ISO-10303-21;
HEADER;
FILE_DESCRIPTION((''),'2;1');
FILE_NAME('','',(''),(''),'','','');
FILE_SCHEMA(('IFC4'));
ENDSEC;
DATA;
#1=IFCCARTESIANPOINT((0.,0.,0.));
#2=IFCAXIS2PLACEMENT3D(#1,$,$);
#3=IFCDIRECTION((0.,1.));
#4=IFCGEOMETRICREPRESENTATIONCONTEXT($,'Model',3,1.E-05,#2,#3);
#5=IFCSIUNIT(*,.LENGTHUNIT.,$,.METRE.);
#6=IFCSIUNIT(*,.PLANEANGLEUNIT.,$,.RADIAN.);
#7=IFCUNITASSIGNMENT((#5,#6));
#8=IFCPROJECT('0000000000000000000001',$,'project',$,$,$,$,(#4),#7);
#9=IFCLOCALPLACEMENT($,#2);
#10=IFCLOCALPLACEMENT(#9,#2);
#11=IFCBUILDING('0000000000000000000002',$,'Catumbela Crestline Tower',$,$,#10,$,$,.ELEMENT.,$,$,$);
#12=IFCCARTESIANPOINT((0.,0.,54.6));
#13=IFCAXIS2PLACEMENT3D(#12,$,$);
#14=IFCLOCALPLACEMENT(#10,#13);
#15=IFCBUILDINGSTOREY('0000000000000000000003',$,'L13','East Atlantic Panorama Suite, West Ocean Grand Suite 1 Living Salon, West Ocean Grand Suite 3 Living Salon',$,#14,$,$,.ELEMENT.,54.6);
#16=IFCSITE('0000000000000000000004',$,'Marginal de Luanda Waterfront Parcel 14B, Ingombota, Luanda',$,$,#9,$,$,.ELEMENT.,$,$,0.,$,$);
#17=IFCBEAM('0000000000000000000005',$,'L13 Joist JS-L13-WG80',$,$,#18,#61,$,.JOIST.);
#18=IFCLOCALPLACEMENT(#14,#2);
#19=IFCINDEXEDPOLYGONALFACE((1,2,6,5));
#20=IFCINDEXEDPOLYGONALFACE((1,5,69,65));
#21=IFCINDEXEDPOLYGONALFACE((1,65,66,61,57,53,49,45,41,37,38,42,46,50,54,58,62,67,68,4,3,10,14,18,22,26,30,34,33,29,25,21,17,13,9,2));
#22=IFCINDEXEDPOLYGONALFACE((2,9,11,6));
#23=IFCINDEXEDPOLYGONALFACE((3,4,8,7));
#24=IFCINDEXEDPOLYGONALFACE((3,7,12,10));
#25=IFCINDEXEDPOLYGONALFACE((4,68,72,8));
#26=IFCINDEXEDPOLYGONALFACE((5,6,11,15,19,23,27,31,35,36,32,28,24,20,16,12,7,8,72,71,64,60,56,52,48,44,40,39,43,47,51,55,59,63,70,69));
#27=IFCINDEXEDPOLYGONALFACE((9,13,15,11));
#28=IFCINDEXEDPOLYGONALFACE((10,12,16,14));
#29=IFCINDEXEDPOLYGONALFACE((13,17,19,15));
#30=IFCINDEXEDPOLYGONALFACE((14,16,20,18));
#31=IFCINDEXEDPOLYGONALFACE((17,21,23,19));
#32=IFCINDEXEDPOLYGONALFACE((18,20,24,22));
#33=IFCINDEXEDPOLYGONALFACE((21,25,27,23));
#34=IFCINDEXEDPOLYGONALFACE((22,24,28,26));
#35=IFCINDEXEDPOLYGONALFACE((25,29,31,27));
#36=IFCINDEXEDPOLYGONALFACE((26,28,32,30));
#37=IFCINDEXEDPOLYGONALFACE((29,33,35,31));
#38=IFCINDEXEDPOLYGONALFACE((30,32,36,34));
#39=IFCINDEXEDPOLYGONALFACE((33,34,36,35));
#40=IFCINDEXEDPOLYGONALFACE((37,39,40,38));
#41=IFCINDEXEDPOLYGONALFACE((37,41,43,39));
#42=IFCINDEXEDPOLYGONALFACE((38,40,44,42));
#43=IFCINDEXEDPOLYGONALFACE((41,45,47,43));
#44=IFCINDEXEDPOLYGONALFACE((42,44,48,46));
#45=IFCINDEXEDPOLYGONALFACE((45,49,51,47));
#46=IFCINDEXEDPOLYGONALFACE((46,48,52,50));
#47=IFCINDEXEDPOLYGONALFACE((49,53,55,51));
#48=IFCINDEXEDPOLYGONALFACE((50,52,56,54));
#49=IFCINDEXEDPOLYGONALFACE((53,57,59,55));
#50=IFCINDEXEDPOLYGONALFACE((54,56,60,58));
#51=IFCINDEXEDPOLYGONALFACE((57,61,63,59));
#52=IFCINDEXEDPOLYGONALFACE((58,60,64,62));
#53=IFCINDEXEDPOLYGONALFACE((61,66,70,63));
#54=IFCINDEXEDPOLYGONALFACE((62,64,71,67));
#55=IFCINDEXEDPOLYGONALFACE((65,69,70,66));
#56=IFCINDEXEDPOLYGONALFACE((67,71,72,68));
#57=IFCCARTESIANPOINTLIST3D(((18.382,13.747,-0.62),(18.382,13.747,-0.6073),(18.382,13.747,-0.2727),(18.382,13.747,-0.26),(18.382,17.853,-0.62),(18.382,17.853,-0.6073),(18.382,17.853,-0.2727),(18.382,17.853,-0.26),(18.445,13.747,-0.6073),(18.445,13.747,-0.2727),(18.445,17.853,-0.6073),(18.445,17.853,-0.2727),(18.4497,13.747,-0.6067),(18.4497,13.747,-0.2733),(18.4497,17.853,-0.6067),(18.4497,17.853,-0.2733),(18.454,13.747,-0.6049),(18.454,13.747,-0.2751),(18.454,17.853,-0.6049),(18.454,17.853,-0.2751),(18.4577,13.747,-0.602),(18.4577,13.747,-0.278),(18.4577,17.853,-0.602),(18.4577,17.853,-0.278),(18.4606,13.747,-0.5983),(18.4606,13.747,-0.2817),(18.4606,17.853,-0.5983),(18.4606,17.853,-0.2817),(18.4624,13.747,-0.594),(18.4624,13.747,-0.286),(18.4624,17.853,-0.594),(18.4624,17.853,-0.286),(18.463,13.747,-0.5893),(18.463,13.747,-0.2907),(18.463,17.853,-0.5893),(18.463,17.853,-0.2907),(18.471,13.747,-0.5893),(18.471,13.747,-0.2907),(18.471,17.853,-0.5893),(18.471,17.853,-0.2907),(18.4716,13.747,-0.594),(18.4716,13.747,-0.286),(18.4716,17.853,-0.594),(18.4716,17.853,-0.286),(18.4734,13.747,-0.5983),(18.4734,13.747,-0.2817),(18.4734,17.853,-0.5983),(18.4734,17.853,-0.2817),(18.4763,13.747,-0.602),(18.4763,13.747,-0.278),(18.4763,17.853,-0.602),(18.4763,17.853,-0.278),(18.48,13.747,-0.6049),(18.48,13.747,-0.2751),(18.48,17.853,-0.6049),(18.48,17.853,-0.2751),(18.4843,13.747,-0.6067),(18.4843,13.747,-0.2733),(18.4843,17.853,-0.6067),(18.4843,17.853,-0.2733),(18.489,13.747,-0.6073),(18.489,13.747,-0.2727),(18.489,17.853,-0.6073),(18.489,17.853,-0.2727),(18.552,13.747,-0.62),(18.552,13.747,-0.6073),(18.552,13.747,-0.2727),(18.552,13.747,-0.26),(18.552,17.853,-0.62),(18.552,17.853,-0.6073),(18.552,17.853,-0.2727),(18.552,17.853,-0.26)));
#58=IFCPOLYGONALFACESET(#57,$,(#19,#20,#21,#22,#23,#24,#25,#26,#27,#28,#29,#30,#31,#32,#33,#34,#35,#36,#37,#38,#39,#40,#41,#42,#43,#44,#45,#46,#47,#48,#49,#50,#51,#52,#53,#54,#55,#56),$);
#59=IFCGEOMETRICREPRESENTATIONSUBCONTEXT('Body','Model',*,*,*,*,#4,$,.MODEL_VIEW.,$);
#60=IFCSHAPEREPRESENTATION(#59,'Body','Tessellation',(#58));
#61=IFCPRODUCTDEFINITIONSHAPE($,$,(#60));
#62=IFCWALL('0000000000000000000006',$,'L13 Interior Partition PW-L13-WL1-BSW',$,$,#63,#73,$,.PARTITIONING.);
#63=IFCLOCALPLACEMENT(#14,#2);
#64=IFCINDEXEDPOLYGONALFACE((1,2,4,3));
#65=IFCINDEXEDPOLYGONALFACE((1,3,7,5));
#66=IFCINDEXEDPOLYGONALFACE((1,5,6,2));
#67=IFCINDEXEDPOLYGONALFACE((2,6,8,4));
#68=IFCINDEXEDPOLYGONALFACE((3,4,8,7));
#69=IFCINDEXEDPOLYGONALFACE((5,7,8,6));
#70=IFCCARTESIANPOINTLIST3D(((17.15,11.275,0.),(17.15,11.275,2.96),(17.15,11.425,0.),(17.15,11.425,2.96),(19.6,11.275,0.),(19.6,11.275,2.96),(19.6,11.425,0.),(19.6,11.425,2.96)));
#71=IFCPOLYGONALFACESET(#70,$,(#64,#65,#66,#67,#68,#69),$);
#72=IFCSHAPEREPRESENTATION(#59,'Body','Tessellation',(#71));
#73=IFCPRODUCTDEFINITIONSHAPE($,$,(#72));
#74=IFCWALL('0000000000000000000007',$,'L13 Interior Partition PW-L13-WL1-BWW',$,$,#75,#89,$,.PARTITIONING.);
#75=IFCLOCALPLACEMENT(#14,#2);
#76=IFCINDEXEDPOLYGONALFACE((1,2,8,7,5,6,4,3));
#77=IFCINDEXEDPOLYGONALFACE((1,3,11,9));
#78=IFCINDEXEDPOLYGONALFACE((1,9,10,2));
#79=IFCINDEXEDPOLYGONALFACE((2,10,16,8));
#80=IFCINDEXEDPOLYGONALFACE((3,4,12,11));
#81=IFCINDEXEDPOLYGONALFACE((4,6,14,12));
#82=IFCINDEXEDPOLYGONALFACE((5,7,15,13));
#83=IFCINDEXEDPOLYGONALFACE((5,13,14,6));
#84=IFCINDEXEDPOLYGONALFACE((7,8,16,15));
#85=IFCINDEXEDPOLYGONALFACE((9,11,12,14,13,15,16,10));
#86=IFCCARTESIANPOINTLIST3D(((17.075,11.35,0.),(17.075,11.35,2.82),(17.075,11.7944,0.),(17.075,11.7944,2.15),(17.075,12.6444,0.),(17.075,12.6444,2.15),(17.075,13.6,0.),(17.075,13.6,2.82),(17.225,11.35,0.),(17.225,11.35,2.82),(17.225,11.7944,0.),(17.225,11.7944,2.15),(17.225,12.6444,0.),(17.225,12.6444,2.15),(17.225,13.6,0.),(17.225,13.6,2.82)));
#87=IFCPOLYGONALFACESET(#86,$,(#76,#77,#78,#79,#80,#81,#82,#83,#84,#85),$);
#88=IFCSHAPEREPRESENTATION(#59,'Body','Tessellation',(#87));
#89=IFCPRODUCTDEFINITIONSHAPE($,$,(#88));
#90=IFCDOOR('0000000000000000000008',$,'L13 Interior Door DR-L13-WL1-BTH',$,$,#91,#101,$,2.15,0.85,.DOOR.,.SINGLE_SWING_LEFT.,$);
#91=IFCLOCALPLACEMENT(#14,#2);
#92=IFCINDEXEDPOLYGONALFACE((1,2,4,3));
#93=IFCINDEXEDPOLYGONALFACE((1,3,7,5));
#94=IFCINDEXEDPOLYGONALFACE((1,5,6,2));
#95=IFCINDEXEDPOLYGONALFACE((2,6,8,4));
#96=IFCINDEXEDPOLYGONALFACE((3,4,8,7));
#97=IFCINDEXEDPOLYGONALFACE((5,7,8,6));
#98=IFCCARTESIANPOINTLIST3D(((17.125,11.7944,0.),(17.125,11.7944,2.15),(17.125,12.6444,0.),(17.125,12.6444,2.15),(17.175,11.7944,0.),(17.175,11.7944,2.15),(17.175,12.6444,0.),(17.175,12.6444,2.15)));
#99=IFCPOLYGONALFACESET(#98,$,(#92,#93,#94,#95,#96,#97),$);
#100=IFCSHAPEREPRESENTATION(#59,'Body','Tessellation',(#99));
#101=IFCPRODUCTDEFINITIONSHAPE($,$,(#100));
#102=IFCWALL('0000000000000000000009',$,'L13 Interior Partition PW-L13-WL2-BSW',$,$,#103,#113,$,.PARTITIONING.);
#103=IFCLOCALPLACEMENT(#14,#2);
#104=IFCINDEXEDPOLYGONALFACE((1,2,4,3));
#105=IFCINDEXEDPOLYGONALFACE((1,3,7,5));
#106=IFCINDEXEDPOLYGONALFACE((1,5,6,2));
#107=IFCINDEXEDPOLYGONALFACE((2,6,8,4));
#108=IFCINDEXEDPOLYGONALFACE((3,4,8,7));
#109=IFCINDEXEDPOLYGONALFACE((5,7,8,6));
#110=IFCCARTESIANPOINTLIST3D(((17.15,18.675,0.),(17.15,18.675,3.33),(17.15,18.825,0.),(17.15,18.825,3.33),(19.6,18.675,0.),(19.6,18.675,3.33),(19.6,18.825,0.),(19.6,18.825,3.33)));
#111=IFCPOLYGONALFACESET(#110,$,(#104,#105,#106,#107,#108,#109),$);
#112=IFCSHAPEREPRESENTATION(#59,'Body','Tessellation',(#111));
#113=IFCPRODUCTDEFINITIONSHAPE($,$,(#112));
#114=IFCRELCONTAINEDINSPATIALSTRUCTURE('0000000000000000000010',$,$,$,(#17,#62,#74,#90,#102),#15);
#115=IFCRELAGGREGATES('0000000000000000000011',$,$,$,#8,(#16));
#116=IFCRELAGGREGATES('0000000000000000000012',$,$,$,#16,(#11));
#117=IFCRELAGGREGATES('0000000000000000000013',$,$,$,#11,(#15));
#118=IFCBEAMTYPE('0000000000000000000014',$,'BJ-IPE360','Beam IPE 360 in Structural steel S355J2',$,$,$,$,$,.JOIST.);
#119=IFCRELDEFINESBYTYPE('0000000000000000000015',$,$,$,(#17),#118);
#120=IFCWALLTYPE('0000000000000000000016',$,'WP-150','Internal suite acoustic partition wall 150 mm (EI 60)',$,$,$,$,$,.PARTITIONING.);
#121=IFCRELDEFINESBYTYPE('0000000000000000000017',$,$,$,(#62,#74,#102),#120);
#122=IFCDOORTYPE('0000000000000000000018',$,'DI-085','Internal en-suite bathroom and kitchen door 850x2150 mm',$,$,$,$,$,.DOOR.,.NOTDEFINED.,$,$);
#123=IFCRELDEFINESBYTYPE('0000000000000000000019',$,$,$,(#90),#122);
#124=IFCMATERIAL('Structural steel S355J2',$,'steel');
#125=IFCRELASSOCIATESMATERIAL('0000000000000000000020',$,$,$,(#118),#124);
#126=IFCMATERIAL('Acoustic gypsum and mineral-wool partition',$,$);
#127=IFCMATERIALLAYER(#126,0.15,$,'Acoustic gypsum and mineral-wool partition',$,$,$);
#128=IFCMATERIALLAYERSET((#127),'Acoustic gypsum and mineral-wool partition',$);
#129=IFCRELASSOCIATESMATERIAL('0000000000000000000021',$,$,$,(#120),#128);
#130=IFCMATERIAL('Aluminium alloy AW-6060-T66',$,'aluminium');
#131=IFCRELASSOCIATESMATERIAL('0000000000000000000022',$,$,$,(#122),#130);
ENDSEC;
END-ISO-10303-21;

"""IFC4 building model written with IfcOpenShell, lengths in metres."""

from ifc_helpers import new_model, si_unit, direction, frame, frame_2d, origin, origin_2d, place, context, subcontext, project, spatial, rectangle, i_section, extrude, material, layer, layer_set, material_profile, profile_set, type_object, element, fill, save


model = new_model("IFC4")

# Units and contexts
model_context = context("Model", 3, precision=1e-05, world=origin(), true_north=direction((0.0, 1.0)))
body_context = subcontext(model_context, "Body", "Model", "MODEL_VIEW")
ifc_project = project(units=[si_unit("LENGTHUNIT", "METRE"), si_unit("PLANEANGLEUNIT", "RADIAN")], contexts=[model_context])

# Site, building, storey
site_placement = place(None, origin())
site = spatial("IfcSite", under=ifc_project, at=site_placement, Name="Marginal de Luanda Waterfront Parcel 14B, Ingombota, Luanda", CompositionType="ELEMENT", RefElevation=0.0)
building_placement = place(site_placement, origin())
building = spatial("IfcBuilding", under=site, at=building_placement, Name="Catumbela Crestline Tower", CompositionType="ELEMENT")
storey_placement = place(building_placement, frame((0.0, 0.0, 54.6)))
storey = spatial("IfcBuildingStorey", under=building, at=storey_placement, Name="L13", Description="East Atlantic Panorama Suite, West Ocean Grand Suite 1 Living Salon, West Ocean Grand Suite 3 Living Salon", CompositionType="ELEMENT", Elevation=54.6)

# Beam
ifc_material_1 = material(Name="Structural steel S355J2", Category="steel")
ifc_material_profile_1 = material_profile(ifc_material_1, i_section(OverallWidth=0.17, OverallDepth=0.36, WebThickness=0.008, FlangeThickness=0.0127, FilletRadius=0.018, at=origin_2d()), Name="IPE 360")
ifc_profile_set_1 = profile_set([ifc_material_profile_1], Name="Structural steel S355J2")
beam_type_1 = type_object("IfcBeamType", Name="BJ-IPE360", Description="Beam IPE 360 in Structural steel S355J2", PredefinedType="JOIST", material=ifc_profile_set_1)
for number, where, z_axis, x_axis, name in (
    (1, (18.467, 13.747, -0.44), (0.0, 1.0, 0.0), (-1.0, 0.0, 0.0), "L13 Joist JS-L13-WG80"),
):
    element("IfcBeam", number, at=place(storey_placement, frame(where, z_axis=z_axis, x_axis=x_axis)), inside=storey, type_object=beam_type_1, Name=name, PredefinedType="JOIST", context=body_context, shape_type="SweptSolid", body=[
        extrude(i_section(OverallWidth=0.17, OverallDepth=0.36, WebThickness=0.008, FlangeThickness=0.0127, FilletRadius=0.018, at=origin_2d()), origin(), (0.0, 0.0, 1.0), 4.106),
    ])

# Wall
ifc_material_2 = material(Name="Acoustic gypsum and mineral-wool partition")
ifc_layer = layer(ifc_material_2, 0.15, Name="Acoustic gypsum and mineral-wool partition")
ifc_layer_set = layer_set([ifc_layer], Name="Acoustic gypsum and mineral-wool partition")
wall_type = type_object("IfcWallType", Name="WP-150", Description="Internal suite acoustic partition wall 150 mm (EI 60)", PredefinedType="PARTITIONING", material=ifc_layer_set)
wall_1_placement = place(storey_placement, frame((17.15, 11.35, 0.0), z_axis=(0.0, 0.0, 1.0), x_axis=(1.0, 0.0, 0.0)))
element("IfcWall", 2, at=wall_1_placement, inside=storey, type_object=wall_type, Name="L13 Interior Partition PW-L13-WL1-BSW", PredefinedType="PARTITIONING", context=body_context, shape_type="SweptSolid", body=[
    extrude(rectangle(XDim=2.45, YDim=0.15, at=frame_2d((1.225, 0.0))), origin(), (0.0, 0.0, 1.0), 2.96),
])

# Wall, opening, door
wall_2_placement = place(storey_placement, frame((17.15, 11.35, 0.0), z_axis=(0.0, 0.0, 1.0), x_axis=(0.0, 1.0, 0.0)))
wall_2 = element("IfcWall", 3, at=wall_2_placement, inside=storey, type_object=wall_type, Name="L13 Interior Partition PW-L13-WL1-BWW", PredefinedType="PARTITIONING", context=body_context, shape_type="SweptSolid", body=[
    extrude(rectangle(XDim=2.25, YDim=0.15, at=frame_2d((1.125, 0.0))), origin(), (0.0, 0.0, 1.0), 2.82),
])
opening_placement = place(wall_2_placement, frame((0.4444, 0.0, 0.0)))
opening = element("IfcOpeningElement", 4, at=opening_placement, cuts=wall_2, PredefinedType="OPENING", context=body_context, shape_type="SweptSolid", body=[
    extrude(rectangle(XDim=0.85, YDim=2.15, at=frame_2d((0.425, 1.075))), frame((0.0, 0.085, 0.0), z_axis=(0.0, -1.0, 0.0), x_axis=(1.0, 0.0, 0.0)), (0.0, 0.0, 1.0), 0.17),
])
ifc_material_3 = material(Name="Aluminium alloy AW-6060-T66", Category="aluminium")
door_type = type_object("IfcDoorType", Name="DI-085", Description="Internal en-suite bathroom and kitchen door 850x2150 mm", OperationType="NOTDEFINED", PredefinedType="DOOR", material=ifc_material_3)
door_placement = place(opening_placement, origin())
door = element("IfcDoor", 5, at=door_placement, inside=storey, type_object=door_type, Name="L13 Interior Door DR-L13-WL1-BTH", OperationType="SINGLE_SWING_LEFT", OverallHeight=2.15, OverallWidth=0.85, PredefinedType="DOOR", context=body_context, shape_type="SweptSolid", body=[
    extrude(rectangle(XDim=0.85, YDim=2.15, at=frame_2d((0.425, 1.075))), frame((0.0, 0.025, 0.0), z_axis=(0.0, -1.0, 0.0), x_axis=(1.0, 0.0, 0.0)), (0.0, 0.0, 1.0), 0.05),
])
fill(opening, door)

# Wall
wall_3_placement = place(storey_placement, frame((17.15, 18.75, 0.0), z_axis=(0.0, 0.0, 1.0), x_axis=(1.0, 0.0, 0.0)))
element("IfcWall", 6, at=wall_3_placement, inside=storey, type_object=wall_type, Name="L13 Interior Partition PW-L13-WL2-BSW", PredefinedType="PARTITIONING", context=body_context, shape_type="SweptSolid", body=[
    extrude(rectangle(XDim=2.45, YDim=0.15, at=frame_2d((1.225, 0.0))), origin(), (0.0, 0.0, 1.0), 3.33),
])

save(model, "model.ifc")
